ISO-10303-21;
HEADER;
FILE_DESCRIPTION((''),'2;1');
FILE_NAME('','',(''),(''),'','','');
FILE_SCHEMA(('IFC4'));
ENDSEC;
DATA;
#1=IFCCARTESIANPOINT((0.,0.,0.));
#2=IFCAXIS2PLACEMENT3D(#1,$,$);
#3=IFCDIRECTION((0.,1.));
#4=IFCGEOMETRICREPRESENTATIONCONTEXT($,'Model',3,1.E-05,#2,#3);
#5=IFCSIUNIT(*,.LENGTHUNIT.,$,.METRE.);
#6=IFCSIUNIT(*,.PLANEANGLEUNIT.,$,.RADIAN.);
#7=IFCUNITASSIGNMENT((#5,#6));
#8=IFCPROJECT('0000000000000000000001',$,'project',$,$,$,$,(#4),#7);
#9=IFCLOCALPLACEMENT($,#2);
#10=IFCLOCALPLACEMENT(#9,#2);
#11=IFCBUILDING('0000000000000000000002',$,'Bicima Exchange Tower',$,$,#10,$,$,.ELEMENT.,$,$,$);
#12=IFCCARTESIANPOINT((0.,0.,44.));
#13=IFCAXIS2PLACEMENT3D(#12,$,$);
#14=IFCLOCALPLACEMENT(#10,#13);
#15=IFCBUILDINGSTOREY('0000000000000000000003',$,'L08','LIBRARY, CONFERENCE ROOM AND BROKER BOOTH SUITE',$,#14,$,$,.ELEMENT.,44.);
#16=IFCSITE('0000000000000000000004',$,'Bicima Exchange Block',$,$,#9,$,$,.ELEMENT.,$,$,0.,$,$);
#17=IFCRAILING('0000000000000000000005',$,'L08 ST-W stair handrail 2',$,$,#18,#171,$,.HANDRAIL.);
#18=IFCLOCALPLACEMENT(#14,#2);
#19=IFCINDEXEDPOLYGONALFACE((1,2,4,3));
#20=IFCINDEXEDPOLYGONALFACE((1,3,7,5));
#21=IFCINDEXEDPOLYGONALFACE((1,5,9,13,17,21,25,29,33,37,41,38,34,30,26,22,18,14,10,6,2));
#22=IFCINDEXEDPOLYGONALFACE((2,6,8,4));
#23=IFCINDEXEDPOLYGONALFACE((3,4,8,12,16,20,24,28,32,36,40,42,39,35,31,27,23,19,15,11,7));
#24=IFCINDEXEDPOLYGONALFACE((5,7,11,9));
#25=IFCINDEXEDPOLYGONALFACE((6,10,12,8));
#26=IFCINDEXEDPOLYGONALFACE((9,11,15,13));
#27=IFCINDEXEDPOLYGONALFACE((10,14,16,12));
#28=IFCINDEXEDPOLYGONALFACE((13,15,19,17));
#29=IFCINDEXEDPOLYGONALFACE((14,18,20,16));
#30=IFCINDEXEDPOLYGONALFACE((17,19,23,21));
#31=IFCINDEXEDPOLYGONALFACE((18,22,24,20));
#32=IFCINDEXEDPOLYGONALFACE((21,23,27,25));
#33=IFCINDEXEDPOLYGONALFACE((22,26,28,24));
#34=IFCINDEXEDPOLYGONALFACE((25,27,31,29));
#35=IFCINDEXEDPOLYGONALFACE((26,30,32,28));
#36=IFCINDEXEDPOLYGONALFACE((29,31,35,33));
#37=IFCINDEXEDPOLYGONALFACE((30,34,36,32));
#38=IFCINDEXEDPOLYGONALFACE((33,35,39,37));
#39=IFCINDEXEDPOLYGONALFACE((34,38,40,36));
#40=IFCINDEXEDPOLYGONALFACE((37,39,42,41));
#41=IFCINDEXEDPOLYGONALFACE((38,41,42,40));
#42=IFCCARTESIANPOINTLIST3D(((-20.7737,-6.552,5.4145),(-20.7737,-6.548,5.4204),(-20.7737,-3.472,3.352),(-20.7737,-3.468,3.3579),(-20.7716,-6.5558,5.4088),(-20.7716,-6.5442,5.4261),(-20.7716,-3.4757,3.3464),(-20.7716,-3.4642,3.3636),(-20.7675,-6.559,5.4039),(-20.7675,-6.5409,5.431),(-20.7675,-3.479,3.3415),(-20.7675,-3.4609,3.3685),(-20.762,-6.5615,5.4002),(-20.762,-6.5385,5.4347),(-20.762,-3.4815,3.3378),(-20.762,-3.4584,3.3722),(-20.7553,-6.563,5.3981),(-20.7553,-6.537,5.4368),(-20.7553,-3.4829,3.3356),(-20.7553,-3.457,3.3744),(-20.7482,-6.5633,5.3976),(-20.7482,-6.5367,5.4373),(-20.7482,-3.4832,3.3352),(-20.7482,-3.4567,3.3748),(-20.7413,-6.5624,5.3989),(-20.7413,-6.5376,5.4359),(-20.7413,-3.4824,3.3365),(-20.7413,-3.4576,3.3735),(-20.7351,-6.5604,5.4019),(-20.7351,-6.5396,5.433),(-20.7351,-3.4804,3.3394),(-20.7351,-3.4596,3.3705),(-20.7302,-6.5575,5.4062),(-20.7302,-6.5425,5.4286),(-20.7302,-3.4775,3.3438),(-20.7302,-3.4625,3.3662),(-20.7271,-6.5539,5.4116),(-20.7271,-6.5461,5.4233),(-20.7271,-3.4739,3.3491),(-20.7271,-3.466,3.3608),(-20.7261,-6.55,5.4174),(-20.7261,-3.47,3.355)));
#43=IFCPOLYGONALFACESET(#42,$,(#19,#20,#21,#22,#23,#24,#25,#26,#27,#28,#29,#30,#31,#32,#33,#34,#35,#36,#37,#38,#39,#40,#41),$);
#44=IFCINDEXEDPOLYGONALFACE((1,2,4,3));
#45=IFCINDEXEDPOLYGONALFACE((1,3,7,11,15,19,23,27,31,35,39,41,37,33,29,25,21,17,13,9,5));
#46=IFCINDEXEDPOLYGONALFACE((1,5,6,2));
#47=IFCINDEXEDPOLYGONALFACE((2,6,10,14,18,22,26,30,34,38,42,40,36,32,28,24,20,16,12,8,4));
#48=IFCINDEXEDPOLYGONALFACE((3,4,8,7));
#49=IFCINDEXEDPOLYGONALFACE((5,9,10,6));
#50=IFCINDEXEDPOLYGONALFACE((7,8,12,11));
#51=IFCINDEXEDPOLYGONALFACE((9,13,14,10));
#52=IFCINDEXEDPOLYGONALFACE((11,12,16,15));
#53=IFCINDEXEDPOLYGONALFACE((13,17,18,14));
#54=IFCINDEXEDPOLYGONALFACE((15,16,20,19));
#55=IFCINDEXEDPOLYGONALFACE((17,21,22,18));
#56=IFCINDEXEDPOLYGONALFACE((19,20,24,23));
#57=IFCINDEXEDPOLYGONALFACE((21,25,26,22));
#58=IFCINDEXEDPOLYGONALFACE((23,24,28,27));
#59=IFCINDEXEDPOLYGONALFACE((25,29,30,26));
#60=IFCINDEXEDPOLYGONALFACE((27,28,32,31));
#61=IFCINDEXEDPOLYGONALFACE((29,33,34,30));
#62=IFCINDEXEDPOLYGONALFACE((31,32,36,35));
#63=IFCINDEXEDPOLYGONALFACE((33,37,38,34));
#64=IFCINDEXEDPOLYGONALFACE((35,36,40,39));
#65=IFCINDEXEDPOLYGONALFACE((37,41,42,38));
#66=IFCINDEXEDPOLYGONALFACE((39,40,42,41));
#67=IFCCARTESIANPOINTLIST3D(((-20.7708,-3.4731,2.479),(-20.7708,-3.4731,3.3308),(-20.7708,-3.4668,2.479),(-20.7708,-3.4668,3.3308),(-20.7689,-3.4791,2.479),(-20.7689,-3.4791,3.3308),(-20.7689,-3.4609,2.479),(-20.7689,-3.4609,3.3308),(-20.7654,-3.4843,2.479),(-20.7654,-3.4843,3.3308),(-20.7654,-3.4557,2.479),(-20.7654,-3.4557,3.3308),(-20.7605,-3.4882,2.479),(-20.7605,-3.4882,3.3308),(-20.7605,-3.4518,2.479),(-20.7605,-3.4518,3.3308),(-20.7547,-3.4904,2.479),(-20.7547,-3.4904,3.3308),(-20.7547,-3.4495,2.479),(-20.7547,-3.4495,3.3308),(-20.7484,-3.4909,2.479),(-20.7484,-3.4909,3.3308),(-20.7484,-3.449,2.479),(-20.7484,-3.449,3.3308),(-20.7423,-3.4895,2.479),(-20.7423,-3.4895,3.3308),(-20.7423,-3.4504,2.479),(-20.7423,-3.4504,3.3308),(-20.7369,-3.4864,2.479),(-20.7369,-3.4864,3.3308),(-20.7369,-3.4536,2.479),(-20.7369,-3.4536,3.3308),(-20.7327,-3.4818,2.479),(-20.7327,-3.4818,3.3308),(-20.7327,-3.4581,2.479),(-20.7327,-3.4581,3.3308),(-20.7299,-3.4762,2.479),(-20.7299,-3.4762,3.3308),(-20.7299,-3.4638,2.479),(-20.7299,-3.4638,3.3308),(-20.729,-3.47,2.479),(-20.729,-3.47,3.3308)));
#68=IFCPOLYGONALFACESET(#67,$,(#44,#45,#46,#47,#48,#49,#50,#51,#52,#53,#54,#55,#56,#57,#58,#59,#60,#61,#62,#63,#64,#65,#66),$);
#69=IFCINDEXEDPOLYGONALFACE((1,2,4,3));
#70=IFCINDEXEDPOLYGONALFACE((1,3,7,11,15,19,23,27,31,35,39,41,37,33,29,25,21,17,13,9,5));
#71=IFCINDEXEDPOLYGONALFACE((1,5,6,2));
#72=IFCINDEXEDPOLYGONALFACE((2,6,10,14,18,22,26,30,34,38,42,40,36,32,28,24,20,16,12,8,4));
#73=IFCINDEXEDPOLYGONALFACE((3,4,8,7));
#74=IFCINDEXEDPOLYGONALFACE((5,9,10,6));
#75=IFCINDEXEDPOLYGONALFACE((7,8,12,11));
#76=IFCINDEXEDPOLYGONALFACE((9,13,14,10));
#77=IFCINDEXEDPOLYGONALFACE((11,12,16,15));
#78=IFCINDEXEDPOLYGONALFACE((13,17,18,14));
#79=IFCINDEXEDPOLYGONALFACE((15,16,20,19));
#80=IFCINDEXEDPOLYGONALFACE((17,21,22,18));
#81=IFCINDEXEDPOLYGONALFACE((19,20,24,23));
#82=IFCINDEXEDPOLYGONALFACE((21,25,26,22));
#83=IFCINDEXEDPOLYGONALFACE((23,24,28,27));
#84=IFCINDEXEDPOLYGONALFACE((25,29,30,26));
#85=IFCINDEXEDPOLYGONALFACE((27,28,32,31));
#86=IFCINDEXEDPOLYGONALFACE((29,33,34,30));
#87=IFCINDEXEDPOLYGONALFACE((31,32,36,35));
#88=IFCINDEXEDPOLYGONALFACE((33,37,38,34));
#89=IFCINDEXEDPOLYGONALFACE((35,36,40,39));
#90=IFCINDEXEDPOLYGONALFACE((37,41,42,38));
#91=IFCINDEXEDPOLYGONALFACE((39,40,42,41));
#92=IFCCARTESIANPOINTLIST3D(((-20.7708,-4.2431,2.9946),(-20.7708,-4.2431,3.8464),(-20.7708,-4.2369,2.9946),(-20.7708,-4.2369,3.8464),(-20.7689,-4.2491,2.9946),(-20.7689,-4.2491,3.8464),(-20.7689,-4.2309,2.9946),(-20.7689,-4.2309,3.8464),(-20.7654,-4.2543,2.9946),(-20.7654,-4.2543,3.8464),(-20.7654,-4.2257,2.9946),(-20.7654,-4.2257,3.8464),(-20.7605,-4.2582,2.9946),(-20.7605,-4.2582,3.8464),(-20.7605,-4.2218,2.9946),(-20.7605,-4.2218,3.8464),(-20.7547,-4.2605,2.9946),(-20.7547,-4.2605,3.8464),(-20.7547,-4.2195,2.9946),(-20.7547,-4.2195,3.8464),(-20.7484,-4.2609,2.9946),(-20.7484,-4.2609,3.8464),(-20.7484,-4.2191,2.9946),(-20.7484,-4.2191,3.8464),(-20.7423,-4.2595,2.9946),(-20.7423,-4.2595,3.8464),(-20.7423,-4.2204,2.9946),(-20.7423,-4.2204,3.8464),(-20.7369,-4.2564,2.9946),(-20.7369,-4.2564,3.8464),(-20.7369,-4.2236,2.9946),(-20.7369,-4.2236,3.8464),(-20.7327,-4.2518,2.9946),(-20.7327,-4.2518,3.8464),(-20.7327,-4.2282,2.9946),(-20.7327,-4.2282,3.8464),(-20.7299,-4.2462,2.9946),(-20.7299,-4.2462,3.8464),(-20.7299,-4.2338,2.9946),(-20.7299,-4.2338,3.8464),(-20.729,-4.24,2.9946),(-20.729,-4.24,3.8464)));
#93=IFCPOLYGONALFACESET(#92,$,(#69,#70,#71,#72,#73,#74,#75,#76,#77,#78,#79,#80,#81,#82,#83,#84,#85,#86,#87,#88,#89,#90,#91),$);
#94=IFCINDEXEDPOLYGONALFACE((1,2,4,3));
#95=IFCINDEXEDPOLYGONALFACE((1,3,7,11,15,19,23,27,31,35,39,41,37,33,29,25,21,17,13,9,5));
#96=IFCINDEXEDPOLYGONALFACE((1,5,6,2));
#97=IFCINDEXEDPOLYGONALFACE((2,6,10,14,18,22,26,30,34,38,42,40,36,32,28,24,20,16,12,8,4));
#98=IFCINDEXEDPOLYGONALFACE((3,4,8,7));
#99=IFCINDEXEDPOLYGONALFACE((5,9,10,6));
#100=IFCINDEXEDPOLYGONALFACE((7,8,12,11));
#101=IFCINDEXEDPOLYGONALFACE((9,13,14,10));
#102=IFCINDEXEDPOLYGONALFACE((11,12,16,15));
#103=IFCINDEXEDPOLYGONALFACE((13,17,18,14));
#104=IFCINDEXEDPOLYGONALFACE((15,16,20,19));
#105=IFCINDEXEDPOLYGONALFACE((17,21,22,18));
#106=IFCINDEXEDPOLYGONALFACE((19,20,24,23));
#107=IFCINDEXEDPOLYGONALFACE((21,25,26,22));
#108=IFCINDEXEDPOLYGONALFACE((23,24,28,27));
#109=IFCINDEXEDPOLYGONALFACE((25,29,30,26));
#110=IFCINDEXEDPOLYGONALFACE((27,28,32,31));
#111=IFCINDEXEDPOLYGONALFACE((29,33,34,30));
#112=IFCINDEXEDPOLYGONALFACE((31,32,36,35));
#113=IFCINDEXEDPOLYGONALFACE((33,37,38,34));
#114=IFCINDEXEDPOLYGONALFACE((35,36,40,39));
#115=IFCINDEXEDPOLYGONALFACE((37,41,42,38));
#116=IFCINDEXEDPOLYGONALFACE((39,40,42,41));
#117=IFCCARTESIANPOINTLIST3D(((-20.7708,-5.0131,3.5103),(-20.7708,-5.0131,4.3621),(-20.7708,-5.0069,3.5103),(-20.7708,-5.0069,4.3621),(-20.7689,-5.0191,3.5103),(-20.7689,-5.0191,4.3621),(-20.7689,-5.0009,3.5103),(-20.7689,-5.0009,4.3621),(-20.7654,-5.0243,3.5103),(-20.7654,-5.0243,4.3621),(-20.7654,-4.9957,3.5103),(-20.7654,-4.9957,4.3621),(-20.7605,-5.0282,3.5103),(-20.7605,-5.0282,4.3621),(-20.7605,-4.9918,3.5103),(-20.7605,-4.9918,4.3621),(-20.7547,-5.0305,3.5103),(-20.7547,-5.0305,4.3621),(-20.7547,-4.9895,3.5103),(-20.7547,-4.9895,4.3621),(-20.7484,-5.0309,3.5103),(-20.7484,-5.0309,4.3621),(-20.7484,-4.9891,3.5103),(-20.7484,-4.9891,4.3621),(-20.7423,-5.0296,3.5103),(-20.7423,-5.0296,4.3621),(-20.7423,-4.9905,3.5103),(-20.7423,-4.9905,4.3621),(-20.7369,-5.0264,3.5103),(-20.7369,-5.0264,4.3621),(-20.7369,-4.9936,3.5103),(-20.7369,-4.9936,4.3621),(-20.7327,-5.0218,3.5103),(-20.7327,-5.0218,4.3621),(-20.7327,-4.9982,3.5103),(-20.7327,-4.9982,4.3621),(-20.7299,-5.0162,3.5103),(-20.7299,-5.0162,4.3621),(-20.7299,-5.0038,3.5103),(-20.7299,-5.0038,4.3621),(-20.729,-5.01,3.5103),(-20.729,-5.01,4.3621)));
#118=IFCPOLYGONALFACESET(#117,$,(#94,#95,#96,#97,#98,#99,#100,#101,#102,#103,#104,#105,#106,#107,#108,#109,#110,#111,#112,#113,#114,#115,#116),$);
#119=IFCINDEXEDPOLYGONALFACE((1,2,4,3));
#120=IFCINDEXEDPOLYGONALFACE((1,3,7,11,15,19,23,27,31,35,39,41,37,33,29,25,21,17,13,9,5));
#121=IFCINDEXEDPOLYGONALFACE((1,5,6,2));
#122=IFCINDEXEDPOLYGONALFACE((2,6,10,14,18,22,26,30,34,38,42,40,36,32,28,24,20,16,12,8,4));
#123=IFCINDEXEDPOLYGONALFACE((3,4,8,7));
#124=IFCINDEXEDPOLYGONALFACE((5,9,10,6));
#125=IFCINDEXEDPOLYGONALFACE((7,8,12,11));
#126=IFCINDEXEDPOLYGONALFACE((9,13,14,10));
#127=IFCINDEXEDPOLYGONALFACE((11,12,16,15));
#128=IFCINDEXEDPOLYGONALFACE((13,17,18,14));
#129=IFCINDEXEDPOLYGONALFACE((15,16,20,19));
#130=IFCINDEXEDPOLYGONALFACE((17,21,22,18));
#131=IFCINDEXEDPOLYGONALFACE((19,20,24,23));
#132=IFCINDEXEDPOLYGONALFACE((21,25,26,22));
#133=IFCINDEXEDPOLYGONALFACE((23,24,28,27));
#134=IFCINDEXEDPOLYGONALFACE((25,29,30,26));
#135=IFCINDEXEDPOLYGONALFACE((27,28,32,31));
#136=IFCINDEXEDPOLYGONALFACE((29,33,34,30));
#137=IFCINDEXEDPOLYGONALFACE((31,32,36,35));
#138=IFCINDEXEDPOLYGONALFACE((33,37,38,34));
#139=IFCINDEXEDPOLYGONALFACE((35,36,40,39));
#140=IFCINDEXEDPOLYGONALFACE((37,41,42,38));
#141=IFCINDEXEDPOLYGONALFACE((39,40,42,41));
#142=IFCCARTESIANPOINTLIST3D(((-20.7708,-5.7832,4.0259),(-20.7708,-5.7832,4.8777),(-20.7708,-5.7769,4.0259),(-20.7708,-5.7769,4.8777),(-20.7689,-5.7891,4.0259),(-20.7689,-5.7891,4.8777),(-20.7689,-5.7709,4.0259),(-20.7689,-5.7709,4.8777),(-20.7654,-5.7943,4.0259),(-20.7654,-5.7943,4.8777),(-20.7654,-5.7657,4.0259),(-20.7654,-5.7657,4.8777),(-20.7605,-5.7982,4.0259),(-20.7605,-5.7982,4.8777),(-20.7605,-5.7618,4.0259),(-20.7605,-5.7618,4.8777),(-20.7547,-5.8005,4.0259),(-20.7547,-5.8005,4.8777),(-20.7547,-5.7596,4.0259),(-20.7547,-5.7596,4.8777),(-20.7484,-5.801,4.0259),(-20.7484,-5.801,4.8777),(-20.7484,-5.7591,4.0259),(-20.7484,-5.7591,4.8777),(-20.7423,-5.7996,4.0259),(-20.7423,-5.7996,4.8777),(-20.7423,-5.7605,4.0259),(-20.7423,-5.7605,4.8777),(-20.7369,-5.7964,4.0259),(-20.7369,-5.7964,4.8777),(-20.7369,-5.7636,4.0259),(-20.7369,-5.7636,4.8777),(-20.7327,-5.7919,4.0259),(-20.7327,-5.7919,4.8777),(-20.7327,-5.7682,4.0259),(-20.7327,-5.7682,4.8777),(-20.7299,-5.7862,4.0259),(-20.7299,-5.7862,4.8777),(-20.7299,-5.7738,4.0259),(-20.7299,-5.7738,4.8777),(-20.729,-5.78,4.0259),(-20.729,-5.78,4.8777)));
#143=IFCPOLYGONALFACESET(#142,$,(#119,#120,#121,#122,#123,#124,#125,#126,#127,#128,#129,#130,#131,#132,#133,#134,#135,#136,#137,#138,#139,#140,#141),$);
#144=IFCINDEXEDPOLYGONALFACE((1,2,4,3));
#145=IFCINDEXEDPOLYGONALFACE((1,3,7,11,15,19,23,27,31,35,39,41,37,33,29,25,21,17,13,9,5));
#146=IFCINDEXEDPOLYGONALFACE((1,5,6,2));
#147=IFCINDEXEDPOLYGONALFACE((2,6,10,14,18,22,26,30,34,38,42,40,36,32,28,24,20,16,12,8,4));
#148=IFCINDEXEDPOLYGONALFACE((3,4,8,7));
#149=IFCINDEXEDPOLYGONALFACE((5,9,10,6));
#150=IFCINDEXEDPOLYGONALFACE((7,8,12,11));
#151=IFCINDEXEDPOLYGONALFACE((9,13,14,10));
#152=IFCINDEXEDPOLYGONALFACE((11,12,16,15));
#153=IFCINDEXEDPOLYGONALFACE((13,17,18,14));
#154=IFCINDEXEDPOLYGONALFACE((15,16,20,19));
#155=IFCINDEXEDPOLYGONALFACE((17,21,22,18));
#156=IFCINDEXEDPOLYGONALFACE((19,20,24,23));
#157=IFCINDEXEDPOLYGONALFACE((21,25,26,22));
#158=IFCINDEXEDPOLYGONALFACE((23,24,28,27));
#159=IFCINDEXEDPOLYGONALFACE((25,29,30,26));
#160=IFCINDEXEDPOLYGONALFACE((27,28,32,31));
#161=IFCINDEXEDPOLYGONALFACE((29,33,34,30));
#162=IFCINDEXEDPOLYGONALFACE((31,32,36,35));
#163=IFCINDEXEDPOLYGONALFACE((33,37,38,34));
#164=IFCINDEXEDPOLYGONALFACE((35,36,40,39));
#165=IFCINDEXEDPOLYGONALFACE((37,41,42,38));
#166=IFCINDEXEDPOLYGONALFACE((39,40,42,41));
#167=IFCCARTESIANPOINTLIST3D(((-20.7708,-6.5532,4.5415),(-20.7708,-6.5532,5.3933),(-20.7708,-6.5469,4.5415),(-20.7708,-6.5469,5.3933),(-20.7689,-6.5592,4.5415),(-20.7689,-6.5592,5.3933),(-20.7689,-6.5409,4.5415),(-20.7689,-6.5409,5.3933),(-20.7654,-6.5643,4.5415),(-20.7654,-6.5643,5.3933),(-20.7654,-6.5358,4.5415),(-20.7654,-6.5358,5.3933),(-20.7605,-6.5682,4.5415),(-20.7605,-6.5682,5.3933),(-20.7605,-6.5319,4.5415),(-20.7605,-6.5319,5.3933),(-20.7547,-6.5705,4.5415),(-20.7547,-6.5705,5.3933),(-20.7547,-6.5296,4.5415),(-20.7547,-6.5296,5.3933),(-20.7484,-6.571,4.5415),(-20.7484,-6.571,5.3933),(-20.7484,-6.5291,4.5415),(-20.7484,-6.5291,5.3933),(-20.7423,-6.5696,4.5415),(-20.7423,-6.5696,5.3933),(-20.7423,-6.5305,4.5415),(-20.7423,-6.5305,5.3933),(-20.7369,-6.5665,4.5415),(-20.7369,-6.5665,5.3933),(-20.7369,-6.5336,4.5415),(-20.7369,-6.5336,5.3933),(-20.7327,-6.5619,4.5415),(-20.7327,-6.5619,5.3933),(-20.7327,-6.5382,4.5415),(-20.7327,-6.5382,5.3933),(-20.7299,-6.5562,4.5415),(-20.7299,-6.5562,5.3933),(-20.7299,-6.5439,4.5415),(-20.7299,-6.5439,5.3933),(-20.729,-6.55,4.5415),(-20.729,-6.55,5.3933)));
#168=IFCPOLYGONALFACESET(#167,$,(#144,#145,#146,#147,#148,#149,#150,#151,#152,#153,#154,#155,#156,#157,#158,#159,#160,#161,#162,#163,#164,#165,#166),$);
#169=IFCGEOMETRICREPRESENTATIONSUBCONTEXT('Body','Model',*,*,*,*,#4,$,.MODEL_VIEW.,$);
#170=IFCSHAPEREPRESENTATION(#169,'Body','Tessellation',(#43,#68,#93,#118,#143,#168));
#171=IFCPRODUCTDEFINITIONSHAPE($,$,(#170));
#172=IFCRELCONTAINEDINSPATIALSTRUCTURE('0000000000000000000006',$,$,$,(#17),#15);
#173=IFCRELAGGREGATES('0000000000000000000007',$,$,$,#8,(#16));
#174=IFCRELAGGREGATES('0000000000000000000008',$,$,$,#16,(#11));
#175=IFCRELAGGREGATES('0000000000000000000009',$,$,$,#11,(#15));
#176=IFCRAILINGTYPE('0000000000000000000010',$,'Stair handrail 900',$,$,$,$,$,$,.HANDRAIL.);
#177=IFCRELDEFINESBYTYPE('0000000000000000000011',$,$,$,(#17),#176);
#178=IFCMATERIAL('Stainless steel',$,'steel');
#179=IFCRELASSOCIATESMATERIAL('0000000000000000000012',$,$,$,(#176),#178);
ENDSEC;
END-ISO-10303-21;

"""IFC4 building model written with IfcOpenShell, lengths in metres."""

from ifc_helpers import new_model, si_unit, direction, frame, origin, origin_2d, place, context, subcontext, project, spatial, circle, extrude, material, type_object, element, save


model = new_model("IFC4")

# Units and contexts
model_context = context("Model", 3, precision=1e-05, world=origin(), true_north=direction((0.0, 1.0)))
body_context = subcontext(model_context, "Body", "Model", "MODEL_VIEW")
ifc_project = project(units=[si_unit("LENGTHUNIT", "METRE"), si_unit("PLANEANGLEUNIT", "RADIAN")], contexts=[model_context])

# Site, building, storey
site_placement = place(None, origin())
site = spatial("IfcSite", under=ifc_project, at=site_placement, Name="Bicima Exchange Block", CompositionType="ELEMENT", RefElevation=0.0)
building_placement = place(site_placement, origin())
building = spatial("IfcBuilding", under=site, at=building_placement, Name="Bicima Exchange Tower", CompositionType="ELEMENT")
storey_placement = place(building_placement, frame((0.0, 0.0, 44.0)))
storey = spatial("IfcBuildingStorey", under=building, at=storey_placement, Name="L08", Description="LIBRARY, CONFERENCE ROOM AND BROKER BOOTH SUITE", CompositionType="ELEMENT", Elevation=44.0)

# Railing
ifc_material_1 = material(Name="Stainless steel", Category="steel")
railing_type = type_object("IfcRailingType", Name="Stair handrail 900", PredefinedType="HANDRAIL", material=ifc_material_1)
for number, where, name in (
    (1, (-20.75, -3.47, 2.479), "L08 ST-W stair handrail 2"),
):
    element("IfcRailing", number, at=place(storey_placement, frame(where)), inside=storey, type_object=railing_type, Name=name, PredefinedType="HANDRAIL", context=body_context, shape_type="SweptSolid", body=[
        extrude(circle(Radius=0.0239, at=origin_2d()), frame((0.0, 0.0, 0.876), z_axis=(0.0, -0.830914, 0.556401), x_axis=(1.0, 0.0, 0.0)), (0.0, 0.0, 1.0), 3.7068),
        extrude(circle(Radius=0.021, at=origin_2d()), origin(), (0.0, 0.0, 1.0), 0.8518),
        extrude(circle(Radius=0.021, at=origin_2d()), frame((0.0, -0.77, 0.5156)), (0.0, 0.0, 1.0), 0.8518),
        extrude(circle(Radius=0.021, at=origin_2d()), frame((0.0, -1.54, 1.0312)), (0.0, 0.0, 1.0), 0.8518),
        extrude(circle(Radius=0.021, at=origin_2d()), frame((0.0, -2.3101, 1.5469)), (0.0, 0.0, 1.0), 0.8518),
        extrude(circle(Radius=0.021, at=origin_2d()), frame((0.0, -3.0801, 2.0625)), (0.0, 0.0, 1.0), 0.8518),
    ])

save(model, "model.ifc")
